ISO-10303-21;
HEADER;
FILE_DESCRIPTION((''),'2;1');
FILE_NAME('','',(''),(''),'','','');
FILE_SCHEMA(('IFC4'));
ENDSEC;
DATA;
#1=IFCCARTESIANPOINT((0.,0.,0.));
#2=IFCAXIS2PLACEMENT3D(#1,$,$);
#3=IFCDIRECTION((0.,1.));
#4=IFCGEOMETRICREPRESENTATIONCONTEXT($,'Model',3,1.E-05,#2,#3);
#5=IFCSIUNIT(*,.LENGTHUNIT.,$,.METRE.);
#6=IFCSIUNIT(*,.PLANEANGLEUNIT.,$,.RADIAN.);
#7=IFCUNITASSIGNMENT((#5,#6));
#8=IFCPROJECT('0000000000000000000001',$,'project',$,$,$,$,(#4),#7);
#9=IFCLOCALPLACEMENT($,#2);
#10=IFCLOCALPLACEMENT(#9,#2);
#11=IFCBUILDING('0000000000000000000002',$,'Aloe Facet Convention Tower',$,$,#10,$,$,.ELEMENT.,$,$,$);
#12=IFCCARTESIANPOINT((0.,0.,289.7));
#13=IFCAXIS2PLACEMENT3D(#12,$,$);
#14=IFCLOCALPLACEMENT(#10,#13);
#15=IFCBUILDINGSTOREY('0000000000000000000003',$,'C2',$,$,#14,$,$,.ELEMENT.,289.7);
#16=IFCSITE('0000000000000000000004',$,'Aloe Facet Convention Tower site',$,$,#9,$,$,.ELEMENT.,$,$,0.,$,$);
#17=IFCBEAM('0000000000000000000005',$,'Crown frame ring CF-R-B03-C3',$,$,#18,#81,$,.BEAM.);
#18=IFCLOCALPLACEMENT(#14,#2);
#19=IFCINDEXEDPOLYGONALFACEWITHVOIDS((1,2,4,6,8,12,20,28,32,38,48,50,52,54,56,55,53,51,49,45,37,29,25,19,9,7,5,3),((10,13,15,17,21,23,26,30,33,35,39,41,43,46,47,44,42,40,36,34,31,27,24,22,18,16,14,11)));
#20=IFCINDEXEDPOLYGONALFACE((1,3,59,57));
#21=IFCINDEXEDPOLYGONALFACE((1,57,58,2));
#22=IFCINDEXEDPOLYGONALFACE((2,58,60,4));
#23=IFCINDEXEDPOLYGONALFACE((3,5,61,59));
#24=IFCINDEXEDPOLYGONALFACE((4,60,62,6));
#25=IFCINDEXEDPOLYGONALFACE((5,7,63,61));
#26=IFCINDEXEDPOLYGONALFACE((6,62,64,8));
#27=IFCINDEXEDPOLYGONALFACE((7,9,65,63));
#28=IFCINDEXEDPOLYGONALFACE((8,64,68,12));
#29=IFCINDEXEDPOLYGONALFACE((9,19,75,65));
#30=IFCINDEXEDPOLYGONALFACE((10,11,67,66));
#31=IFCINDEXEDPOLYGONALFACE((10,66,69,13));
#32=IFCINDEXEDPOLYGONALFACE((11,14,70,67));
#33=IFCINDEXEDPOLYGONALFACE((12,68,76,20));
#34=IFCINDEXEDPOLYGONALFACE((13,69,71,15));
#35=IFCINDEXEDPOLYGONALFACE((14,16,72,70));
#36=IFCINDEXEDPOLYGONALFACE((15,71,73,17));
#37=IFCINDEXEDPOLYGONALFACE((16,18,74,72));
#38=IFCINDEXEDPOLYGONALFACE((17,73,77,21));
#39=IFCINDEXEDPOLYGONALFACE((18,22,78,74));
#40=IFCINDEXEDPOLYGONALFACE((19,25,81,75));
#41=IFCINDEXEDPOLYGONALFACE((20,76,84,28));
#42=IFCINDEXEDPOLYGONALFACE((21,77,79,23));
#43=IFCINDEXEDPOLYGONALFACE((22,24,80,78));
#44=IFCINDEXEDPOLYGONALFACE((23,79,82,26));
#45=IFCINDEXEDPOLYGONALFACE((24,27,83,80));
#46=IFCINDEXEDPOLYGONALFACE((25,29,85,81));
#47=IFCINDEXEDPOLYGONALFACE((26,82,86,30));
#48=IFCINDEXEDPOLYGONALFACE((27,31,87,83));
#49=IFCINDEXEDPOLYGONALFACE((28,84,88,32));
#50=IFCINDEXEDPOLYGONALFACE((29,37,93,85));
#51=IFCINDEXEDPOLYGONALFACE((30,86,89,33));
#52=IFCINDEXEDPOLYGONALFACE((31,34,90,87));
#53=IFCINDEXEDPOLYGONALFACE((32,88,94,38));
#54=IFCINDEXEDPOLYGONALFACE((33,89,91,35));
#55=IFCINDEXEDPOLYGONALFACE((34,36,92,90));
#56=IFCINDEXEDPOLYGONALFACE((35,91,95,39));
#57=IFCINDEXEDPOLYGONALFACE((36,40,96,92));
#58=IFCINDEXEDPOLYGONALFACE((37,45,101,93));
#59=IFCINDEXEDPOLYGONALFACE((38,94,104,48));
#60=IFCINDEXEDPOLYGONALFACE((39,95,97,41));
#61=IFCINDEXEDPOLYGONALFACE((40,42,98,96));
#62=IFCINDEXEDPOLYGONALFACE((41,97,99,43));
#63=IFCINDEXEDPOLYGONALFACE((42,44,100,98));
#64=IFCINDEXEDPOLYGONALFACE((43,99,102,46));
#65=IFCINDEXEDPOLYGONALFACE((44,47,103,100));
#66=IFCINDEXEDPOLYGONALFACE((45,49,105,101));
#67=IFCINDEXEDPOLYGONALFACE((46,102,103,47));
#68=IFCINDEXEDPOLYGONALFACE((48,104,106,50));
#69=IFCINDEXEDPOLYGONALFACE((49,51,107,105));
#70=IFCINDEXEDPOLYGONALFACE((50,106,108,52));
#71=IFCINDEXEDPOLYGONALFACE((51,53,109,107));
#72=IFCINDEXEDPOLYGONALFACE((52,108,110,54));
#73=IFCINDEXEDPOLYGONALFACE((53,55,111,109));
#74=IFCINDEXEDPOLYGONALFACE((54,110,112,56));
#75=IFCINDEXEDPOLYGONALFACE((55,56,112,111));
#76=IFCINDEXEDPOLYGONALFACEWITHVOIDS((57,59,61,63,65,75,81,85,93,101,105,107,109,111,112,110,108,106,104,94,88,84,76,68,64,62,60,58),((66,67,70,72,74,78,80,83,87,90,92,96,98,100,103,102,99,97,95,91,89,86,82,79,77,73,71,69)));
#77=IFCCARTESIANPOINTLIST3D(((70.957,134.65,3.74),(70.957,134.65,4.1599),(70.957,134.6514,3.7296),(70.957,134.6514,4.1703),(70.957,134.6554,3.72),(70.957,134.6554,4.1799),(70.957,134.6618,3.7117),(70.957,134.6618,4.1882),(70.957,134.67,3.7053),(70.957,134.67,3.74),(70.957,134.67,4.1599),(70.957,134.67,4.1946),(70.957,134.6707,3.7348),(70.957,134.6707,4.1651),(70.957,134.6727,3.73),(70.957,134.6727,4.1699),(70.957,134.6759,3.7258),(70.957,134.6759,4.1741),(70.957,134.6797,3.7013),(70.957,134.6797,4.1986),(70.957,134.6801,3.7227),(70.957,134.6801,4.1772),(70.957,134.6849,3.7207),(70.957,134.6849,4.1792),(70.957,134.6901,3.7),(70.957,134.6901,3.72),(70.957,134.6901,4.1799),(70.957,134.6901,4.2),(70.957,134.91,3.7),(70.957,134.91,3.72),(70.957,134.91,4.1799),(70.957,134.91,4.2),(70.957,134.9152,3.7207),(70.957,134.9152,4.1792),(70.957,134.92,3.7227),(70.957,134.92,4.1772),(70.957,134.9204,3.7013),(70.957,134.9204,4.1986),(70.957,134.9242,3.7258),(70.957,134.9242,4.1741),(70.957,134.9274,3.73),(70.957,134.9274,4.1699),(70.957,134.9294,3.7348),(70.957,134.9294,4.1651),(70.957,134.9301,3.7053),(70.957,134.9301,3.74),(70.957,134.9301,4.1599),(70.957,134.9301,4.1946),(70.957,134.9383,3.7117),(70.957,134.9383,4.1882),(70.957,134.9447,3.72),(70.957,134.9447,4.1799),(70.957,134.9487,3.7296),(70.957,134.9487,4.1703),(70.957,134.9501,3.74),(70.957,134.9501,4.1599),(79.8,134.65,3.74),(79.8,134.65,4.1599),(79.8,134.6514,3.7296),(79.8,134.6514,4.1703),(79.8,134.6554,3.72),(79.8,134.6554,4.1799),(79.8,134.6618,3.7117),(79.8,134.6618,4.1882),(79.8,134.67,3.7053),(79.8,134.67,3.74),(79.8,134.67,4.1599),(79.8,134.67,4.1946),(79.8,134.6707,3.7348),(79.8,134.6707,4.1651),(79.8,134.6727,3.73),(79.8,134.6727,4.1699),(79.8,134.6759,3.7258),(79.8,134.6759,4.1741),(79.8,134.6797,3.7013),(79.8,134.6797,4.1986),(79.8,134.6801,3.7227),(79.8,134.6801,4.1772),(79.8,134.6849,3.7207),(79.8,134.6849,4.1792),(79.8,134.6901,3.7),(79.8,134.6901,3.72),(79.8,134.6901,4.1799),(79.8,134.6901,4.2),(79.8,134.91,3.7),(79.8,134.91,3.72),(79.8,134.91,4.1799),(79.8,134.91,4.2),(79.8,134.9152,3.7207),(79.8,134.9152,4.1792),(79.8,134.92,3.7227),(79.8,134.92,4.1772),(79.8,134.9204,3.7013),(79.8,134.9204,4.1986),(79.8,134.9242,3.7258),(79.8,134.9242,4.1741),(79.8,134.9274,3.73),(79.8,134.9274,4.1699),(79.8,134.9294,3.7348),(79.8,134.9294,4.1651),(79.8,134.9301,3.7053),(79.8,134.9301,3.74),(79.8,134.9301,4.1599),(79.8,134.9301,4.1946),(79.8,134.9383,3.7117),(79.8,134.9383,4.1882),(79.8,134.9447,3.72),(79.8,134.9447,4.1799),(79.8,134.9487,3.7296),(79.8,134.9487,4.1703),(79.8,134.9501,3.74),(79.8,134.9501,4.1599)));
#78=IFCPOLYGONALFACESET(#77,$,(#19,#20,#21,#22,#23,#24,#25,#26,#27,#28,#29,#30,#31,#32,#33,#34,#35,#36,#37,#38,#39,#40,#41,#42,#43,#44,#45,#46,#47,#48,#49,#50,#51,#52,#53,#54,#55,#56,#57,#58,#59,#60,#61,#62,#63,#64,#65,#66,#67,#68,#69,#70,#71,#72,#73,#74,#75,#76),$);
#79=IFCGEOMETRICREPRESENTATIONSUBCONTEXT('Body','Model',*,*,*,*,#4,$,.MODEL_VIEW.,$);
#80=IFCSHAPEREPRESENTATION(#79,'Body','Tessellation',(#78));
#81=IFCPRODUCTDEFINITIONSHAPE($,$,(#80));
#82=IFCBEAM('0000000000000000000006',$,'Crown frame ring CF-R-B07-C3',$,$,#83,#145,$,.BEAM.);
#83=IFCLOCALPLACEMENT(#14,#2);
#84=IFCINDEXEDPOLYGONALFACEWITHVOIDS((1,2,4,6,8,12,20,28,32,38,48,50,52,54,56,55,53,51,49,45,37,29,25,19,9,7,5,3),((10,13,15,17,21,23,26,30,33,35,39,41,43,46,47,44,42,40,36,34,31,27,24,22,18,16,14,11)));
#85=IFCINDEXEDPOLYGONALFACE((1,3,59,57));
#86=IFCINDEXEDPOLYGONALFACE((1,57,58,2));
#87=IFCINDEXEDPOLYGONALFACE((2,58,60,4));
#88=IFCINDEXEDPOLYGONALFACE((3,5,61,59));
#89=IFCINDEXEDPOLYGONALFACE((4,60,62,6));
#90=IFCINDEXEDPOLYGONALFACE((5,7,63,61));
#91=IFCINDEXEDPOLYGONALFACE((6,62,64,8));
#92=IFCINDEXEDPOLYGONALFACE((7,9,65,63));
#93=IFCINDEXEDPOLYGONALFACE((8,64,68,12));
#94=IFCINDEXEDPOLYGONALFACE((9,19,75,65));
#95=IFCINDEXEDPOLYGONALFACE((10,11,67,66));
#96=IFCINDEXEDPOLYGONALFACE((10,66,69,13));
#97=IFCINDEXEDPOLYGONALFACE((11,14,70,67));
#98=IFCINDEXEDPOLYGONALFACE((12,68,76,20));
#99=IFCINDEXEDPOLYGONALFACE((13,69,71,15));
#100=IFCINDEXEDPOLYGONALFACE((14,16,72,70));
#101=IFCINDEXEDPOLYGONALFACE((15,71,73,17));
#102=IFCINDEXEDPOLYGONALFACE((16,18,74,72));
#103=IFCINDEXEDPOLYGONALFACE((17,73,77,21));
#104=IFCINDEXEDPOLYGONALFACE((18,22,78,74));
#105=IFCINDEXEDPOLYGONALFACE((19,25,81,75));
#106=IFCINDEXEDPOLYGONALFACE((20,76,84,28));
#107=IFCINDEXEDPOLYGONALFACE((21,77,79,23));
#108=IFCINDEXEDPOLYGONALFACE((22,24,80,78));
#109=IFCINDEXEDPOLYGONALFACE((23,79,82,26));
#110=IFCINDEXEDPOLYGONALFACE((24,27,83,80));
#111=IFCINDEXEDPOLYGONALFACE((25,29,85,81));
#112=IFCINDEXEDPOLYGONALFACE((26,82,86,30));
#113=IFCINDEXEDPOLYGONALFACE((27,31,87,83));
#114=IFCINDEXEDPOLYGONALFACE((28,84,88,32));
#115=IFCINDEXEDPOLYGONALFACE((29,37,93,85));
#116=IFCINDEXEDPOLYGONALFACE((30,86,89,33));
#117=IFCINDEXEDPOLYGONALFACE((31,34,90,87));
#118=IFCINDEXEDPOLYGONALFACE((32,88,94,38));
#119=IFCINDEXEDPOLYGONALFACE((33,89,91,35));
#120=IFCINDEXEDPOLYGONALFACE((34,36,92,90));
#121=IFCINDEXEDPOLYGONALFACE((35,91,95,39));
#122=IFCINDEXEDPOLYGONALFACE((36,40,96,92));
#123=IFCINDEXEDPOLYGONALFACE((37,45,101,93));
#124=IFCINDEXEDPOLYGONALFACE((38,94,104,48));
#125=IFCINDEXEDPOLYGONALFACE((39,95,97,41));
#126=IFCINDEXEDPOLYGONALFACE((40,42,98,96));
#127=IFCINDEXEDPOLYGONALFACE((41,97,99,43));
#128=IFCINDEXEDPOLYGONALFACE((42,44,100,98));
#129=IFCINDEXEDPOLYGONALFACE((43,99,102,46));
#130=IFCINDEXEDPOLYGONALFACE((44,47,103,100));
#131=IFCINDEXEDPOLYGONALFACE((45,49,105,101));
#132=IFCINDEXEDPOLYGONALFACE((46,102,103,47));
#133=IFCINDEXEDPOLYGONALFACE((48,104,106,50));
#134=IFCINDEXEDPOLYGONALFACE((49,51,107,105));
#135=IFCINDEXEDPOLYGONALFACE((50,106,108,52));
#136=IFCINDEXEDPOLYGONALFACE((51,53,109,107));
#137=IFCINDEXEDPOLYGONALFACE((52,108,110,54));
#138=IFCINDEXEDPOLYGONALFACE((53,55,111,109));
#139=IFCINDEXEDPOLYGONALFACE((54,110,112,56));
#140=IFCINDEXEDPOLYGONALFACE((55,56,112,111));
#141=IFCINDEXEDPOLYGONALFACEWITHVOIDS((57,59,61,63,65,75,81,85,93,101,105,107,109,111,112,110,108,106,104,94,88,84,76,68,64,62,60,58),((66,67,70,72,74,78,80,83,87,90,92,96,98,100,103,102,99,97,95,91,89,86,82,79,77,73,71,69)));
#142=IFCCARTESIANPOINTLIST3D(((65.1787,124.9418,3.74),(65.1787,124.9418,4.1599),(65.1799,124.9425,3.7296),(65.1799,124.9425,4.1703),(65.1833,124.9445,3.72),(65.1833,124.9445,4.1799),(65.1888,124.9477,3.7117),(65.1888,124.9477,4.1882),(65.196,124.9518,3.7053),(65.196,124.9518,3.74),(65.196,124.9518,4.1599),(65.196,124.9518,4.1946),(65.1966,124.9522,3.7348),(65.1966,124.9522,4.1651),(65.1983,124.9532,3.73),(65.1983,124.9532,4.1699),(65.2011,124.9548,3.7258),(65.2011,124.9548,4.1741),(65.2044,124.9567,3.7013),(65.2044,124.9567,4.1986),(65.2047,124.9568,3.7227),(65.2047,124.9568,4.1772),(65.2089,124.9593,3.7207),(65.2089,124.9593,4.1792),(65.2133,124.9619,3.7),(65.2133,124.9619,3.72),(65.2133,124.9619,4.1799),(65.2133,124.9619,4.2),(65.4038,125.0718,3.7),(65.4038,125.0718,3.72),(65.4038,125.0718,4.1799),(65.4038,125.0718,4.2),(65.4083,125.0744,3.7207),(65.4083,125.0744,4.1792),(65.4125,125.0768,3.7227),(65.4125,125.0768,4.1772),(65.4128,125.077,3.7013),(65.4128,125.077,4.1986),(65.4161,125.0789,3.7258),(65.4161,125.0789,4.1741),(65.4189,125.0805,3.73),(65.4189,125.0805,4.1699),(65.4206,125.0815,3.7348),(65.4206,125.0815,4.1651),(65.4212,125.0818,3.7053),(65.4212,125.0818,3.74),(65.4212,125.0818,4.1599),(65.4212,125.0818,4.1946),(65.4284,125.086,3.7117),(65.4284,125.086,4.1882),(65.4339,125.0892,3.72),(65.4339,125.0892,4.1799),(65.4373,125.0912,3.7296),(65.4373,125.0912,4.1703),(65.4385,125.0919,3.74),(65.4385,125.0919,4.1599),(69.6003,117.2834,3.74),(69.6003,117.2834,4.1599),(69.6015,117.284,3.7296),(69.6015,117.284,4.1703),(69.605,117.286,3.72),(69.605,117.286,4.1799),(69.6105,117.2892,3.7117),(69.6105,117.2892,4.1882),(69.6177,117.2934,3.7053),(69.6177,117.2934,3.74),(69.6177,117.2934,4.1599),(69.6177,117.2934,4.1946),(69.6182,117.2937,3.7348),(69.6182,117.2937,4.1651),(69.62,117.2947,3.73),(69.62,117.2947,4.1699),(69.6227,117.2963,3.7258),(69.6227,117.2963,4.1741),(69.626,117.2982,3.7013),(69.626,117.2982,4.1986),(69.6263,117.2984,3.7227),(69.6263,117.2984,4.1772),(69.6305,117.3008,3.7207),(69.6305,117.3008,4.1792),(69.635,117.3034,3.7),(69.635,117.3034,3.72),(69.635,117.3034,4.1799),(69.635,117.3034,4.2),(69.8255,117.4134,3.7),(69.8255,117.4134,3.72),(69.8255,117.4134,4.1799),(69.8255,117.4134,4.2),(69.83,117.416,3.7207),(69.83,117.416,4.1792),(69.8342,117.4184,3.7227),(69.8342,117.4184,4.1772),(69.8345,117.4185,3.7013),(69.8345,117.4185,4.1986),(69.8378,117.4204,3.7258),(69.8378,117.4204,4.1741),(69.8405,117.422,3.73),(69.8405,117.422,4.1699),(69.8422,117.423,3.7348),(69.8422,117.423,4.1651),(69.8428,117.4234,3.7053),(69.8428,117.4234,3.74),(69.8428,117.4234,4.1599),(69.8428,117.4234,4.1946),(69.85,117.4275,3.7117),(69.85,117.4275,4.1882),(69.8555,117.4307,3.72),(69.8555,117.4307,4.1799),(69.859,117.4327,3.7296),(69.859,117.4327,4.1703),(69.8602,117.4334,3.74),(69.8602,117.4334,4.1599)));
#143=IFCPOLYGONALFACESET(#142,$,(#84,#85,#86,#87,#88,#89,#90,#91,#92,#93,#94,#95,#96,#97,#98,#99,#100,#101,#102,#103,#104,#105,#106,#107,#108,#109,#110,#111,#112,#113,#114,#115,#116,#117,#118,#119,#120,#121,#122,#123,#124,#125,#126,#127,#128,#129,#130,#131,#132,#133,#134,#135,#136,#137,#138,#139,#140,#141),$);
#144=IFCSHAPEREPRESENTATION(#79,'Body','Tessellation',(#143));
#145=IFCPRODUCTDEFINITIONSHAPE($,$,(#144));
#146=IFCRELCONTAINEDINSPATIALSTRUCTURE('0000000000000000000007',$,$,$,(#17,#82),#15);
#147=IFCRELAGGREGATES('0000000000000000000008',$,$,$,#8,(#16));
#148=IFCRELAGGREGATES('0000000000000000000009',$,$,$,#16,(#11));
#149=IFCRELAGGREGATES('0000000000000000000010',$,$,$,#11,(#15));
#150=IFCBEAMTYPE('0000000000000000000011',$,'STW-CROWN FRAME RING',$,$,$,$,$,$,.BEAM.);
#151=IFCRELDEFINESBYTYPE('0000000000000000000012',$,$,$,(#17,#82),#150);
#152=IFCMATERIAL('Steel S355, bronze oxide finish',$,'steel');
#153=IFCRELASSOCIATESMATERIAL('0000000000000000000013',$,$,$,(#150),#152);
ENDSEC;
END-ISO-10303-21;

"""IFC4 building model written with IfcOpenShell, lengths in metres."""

from ifc_helpers import new_model, si_unit, direction, frame, origin, origin_2d, place, context, subcontext, project, spatial, hollow_rectangle, extrude, material, material_profile, profile_set, type_object, element, save


model = new_model("IFC4")

# Units and contexts
model_context = context("Model", 3, precision=1e-05, world=origin(), true_north=direction((0.0, 1.0)))
body_context = subcontext(model_context, "Body", "Model", "MODEL_VIEW")
ifc_project = project(units=[si_unit("LENGTHUNIT", "METRE"), si_unit("PLANEANGLEUNIT", "RADIAN")], contexts=[model_context])

# Site, building, storey
site_placement = place(None, origin())
site = spatial("IfcSite", under=ifc_project, at=site_placement, Name="Aloe Facet Convention Tower site", CompositionType="ELEMENT", RefElevation=0.0)
building_placement = place(site_placement, origin())
building = spatial("IfcBuilding", under=site, at=building_placement, Name="Aloe Facet Convention Tower", CompositionType="ELEMENT")
storey_placement = place(building_placement, frame((0.0, 0.0, 289.7)))
storey = spatial("IfcBuildingStorey", under=building, at=storey_placement, Name="C2", CompositionType="ELEMENT", Elevation=289.7)

# Beams
ifc_material_1 = material(Name="Steel S355, bronze oxide finish", Category="steel")
ifc_material_profile_1 = material_profile(ifc_material_1, hollow_rectangle(XDim=0.3, YDim=0.5, WallThickness=0.02, InnerFilletRadius=0.02, OuterFilletRadius=0.04, at=origin_2d()), Name="RHS 500x300x20")
ifc_profile_set_1 = profile_set([ifc_material_profile_1], Name="Steel S355, bronze oxide finish")
beam_type_1 = type_object("IfcBeamType", Name="STW-CROWN FRAME RING", PredefinedType="BEAM", material=ifc_profile_set_1)
beam_1_placement = place(storey_placement, frame((79.8, 134.8, 3.95), z_axis=(-1.0, 0.0, 0.0), x_axis=(0.0, -1.0, 0.0)))
element("IfcBeam", 1, at=beam_1_placement, inside=storey, type_object=beam_type_1, Name="Crown frame ring CF-R-B03-C3", PredefinedType="BEAM", context=body_context, shape_type="SweptSolid", body=[
    extrude(hollow_rectangle(XDim=0.3, YDim=0.5, WallThickness=0.02, InnerFilletRadius=0.02, OuterFilletRadius=0.04, at=origin_2d()), origin(), (0.0, 0.0, 1.0), 8.843),
])
beam_2_placement = place(storey_placement, frame((65.3086, 125.0168, 3.95), z_axis=(0.500002, -0.866024, 0.0), x_axis=(0.866024, 0.500002, 0.0)))
element("IfcBeam", 2, at=beam_2_placement, inside=storey, type_object=beam_type_1, Name="Crown frame ring CF-R-B07-C3", PredefinedType="BEAM", context=body_context, shape_type="SweptSolid", body=[
    extrude(hollow_rectangle(XDim=0.3, YDim=0.5, WallThickness=0.02, InnerFilletRadius=0.02, OuterFilletRadius=0.04, at=origin_2d()), origin(), (0.0, 0.0, 1.0), 8.8433),
])

save(model, "model.ifc")
